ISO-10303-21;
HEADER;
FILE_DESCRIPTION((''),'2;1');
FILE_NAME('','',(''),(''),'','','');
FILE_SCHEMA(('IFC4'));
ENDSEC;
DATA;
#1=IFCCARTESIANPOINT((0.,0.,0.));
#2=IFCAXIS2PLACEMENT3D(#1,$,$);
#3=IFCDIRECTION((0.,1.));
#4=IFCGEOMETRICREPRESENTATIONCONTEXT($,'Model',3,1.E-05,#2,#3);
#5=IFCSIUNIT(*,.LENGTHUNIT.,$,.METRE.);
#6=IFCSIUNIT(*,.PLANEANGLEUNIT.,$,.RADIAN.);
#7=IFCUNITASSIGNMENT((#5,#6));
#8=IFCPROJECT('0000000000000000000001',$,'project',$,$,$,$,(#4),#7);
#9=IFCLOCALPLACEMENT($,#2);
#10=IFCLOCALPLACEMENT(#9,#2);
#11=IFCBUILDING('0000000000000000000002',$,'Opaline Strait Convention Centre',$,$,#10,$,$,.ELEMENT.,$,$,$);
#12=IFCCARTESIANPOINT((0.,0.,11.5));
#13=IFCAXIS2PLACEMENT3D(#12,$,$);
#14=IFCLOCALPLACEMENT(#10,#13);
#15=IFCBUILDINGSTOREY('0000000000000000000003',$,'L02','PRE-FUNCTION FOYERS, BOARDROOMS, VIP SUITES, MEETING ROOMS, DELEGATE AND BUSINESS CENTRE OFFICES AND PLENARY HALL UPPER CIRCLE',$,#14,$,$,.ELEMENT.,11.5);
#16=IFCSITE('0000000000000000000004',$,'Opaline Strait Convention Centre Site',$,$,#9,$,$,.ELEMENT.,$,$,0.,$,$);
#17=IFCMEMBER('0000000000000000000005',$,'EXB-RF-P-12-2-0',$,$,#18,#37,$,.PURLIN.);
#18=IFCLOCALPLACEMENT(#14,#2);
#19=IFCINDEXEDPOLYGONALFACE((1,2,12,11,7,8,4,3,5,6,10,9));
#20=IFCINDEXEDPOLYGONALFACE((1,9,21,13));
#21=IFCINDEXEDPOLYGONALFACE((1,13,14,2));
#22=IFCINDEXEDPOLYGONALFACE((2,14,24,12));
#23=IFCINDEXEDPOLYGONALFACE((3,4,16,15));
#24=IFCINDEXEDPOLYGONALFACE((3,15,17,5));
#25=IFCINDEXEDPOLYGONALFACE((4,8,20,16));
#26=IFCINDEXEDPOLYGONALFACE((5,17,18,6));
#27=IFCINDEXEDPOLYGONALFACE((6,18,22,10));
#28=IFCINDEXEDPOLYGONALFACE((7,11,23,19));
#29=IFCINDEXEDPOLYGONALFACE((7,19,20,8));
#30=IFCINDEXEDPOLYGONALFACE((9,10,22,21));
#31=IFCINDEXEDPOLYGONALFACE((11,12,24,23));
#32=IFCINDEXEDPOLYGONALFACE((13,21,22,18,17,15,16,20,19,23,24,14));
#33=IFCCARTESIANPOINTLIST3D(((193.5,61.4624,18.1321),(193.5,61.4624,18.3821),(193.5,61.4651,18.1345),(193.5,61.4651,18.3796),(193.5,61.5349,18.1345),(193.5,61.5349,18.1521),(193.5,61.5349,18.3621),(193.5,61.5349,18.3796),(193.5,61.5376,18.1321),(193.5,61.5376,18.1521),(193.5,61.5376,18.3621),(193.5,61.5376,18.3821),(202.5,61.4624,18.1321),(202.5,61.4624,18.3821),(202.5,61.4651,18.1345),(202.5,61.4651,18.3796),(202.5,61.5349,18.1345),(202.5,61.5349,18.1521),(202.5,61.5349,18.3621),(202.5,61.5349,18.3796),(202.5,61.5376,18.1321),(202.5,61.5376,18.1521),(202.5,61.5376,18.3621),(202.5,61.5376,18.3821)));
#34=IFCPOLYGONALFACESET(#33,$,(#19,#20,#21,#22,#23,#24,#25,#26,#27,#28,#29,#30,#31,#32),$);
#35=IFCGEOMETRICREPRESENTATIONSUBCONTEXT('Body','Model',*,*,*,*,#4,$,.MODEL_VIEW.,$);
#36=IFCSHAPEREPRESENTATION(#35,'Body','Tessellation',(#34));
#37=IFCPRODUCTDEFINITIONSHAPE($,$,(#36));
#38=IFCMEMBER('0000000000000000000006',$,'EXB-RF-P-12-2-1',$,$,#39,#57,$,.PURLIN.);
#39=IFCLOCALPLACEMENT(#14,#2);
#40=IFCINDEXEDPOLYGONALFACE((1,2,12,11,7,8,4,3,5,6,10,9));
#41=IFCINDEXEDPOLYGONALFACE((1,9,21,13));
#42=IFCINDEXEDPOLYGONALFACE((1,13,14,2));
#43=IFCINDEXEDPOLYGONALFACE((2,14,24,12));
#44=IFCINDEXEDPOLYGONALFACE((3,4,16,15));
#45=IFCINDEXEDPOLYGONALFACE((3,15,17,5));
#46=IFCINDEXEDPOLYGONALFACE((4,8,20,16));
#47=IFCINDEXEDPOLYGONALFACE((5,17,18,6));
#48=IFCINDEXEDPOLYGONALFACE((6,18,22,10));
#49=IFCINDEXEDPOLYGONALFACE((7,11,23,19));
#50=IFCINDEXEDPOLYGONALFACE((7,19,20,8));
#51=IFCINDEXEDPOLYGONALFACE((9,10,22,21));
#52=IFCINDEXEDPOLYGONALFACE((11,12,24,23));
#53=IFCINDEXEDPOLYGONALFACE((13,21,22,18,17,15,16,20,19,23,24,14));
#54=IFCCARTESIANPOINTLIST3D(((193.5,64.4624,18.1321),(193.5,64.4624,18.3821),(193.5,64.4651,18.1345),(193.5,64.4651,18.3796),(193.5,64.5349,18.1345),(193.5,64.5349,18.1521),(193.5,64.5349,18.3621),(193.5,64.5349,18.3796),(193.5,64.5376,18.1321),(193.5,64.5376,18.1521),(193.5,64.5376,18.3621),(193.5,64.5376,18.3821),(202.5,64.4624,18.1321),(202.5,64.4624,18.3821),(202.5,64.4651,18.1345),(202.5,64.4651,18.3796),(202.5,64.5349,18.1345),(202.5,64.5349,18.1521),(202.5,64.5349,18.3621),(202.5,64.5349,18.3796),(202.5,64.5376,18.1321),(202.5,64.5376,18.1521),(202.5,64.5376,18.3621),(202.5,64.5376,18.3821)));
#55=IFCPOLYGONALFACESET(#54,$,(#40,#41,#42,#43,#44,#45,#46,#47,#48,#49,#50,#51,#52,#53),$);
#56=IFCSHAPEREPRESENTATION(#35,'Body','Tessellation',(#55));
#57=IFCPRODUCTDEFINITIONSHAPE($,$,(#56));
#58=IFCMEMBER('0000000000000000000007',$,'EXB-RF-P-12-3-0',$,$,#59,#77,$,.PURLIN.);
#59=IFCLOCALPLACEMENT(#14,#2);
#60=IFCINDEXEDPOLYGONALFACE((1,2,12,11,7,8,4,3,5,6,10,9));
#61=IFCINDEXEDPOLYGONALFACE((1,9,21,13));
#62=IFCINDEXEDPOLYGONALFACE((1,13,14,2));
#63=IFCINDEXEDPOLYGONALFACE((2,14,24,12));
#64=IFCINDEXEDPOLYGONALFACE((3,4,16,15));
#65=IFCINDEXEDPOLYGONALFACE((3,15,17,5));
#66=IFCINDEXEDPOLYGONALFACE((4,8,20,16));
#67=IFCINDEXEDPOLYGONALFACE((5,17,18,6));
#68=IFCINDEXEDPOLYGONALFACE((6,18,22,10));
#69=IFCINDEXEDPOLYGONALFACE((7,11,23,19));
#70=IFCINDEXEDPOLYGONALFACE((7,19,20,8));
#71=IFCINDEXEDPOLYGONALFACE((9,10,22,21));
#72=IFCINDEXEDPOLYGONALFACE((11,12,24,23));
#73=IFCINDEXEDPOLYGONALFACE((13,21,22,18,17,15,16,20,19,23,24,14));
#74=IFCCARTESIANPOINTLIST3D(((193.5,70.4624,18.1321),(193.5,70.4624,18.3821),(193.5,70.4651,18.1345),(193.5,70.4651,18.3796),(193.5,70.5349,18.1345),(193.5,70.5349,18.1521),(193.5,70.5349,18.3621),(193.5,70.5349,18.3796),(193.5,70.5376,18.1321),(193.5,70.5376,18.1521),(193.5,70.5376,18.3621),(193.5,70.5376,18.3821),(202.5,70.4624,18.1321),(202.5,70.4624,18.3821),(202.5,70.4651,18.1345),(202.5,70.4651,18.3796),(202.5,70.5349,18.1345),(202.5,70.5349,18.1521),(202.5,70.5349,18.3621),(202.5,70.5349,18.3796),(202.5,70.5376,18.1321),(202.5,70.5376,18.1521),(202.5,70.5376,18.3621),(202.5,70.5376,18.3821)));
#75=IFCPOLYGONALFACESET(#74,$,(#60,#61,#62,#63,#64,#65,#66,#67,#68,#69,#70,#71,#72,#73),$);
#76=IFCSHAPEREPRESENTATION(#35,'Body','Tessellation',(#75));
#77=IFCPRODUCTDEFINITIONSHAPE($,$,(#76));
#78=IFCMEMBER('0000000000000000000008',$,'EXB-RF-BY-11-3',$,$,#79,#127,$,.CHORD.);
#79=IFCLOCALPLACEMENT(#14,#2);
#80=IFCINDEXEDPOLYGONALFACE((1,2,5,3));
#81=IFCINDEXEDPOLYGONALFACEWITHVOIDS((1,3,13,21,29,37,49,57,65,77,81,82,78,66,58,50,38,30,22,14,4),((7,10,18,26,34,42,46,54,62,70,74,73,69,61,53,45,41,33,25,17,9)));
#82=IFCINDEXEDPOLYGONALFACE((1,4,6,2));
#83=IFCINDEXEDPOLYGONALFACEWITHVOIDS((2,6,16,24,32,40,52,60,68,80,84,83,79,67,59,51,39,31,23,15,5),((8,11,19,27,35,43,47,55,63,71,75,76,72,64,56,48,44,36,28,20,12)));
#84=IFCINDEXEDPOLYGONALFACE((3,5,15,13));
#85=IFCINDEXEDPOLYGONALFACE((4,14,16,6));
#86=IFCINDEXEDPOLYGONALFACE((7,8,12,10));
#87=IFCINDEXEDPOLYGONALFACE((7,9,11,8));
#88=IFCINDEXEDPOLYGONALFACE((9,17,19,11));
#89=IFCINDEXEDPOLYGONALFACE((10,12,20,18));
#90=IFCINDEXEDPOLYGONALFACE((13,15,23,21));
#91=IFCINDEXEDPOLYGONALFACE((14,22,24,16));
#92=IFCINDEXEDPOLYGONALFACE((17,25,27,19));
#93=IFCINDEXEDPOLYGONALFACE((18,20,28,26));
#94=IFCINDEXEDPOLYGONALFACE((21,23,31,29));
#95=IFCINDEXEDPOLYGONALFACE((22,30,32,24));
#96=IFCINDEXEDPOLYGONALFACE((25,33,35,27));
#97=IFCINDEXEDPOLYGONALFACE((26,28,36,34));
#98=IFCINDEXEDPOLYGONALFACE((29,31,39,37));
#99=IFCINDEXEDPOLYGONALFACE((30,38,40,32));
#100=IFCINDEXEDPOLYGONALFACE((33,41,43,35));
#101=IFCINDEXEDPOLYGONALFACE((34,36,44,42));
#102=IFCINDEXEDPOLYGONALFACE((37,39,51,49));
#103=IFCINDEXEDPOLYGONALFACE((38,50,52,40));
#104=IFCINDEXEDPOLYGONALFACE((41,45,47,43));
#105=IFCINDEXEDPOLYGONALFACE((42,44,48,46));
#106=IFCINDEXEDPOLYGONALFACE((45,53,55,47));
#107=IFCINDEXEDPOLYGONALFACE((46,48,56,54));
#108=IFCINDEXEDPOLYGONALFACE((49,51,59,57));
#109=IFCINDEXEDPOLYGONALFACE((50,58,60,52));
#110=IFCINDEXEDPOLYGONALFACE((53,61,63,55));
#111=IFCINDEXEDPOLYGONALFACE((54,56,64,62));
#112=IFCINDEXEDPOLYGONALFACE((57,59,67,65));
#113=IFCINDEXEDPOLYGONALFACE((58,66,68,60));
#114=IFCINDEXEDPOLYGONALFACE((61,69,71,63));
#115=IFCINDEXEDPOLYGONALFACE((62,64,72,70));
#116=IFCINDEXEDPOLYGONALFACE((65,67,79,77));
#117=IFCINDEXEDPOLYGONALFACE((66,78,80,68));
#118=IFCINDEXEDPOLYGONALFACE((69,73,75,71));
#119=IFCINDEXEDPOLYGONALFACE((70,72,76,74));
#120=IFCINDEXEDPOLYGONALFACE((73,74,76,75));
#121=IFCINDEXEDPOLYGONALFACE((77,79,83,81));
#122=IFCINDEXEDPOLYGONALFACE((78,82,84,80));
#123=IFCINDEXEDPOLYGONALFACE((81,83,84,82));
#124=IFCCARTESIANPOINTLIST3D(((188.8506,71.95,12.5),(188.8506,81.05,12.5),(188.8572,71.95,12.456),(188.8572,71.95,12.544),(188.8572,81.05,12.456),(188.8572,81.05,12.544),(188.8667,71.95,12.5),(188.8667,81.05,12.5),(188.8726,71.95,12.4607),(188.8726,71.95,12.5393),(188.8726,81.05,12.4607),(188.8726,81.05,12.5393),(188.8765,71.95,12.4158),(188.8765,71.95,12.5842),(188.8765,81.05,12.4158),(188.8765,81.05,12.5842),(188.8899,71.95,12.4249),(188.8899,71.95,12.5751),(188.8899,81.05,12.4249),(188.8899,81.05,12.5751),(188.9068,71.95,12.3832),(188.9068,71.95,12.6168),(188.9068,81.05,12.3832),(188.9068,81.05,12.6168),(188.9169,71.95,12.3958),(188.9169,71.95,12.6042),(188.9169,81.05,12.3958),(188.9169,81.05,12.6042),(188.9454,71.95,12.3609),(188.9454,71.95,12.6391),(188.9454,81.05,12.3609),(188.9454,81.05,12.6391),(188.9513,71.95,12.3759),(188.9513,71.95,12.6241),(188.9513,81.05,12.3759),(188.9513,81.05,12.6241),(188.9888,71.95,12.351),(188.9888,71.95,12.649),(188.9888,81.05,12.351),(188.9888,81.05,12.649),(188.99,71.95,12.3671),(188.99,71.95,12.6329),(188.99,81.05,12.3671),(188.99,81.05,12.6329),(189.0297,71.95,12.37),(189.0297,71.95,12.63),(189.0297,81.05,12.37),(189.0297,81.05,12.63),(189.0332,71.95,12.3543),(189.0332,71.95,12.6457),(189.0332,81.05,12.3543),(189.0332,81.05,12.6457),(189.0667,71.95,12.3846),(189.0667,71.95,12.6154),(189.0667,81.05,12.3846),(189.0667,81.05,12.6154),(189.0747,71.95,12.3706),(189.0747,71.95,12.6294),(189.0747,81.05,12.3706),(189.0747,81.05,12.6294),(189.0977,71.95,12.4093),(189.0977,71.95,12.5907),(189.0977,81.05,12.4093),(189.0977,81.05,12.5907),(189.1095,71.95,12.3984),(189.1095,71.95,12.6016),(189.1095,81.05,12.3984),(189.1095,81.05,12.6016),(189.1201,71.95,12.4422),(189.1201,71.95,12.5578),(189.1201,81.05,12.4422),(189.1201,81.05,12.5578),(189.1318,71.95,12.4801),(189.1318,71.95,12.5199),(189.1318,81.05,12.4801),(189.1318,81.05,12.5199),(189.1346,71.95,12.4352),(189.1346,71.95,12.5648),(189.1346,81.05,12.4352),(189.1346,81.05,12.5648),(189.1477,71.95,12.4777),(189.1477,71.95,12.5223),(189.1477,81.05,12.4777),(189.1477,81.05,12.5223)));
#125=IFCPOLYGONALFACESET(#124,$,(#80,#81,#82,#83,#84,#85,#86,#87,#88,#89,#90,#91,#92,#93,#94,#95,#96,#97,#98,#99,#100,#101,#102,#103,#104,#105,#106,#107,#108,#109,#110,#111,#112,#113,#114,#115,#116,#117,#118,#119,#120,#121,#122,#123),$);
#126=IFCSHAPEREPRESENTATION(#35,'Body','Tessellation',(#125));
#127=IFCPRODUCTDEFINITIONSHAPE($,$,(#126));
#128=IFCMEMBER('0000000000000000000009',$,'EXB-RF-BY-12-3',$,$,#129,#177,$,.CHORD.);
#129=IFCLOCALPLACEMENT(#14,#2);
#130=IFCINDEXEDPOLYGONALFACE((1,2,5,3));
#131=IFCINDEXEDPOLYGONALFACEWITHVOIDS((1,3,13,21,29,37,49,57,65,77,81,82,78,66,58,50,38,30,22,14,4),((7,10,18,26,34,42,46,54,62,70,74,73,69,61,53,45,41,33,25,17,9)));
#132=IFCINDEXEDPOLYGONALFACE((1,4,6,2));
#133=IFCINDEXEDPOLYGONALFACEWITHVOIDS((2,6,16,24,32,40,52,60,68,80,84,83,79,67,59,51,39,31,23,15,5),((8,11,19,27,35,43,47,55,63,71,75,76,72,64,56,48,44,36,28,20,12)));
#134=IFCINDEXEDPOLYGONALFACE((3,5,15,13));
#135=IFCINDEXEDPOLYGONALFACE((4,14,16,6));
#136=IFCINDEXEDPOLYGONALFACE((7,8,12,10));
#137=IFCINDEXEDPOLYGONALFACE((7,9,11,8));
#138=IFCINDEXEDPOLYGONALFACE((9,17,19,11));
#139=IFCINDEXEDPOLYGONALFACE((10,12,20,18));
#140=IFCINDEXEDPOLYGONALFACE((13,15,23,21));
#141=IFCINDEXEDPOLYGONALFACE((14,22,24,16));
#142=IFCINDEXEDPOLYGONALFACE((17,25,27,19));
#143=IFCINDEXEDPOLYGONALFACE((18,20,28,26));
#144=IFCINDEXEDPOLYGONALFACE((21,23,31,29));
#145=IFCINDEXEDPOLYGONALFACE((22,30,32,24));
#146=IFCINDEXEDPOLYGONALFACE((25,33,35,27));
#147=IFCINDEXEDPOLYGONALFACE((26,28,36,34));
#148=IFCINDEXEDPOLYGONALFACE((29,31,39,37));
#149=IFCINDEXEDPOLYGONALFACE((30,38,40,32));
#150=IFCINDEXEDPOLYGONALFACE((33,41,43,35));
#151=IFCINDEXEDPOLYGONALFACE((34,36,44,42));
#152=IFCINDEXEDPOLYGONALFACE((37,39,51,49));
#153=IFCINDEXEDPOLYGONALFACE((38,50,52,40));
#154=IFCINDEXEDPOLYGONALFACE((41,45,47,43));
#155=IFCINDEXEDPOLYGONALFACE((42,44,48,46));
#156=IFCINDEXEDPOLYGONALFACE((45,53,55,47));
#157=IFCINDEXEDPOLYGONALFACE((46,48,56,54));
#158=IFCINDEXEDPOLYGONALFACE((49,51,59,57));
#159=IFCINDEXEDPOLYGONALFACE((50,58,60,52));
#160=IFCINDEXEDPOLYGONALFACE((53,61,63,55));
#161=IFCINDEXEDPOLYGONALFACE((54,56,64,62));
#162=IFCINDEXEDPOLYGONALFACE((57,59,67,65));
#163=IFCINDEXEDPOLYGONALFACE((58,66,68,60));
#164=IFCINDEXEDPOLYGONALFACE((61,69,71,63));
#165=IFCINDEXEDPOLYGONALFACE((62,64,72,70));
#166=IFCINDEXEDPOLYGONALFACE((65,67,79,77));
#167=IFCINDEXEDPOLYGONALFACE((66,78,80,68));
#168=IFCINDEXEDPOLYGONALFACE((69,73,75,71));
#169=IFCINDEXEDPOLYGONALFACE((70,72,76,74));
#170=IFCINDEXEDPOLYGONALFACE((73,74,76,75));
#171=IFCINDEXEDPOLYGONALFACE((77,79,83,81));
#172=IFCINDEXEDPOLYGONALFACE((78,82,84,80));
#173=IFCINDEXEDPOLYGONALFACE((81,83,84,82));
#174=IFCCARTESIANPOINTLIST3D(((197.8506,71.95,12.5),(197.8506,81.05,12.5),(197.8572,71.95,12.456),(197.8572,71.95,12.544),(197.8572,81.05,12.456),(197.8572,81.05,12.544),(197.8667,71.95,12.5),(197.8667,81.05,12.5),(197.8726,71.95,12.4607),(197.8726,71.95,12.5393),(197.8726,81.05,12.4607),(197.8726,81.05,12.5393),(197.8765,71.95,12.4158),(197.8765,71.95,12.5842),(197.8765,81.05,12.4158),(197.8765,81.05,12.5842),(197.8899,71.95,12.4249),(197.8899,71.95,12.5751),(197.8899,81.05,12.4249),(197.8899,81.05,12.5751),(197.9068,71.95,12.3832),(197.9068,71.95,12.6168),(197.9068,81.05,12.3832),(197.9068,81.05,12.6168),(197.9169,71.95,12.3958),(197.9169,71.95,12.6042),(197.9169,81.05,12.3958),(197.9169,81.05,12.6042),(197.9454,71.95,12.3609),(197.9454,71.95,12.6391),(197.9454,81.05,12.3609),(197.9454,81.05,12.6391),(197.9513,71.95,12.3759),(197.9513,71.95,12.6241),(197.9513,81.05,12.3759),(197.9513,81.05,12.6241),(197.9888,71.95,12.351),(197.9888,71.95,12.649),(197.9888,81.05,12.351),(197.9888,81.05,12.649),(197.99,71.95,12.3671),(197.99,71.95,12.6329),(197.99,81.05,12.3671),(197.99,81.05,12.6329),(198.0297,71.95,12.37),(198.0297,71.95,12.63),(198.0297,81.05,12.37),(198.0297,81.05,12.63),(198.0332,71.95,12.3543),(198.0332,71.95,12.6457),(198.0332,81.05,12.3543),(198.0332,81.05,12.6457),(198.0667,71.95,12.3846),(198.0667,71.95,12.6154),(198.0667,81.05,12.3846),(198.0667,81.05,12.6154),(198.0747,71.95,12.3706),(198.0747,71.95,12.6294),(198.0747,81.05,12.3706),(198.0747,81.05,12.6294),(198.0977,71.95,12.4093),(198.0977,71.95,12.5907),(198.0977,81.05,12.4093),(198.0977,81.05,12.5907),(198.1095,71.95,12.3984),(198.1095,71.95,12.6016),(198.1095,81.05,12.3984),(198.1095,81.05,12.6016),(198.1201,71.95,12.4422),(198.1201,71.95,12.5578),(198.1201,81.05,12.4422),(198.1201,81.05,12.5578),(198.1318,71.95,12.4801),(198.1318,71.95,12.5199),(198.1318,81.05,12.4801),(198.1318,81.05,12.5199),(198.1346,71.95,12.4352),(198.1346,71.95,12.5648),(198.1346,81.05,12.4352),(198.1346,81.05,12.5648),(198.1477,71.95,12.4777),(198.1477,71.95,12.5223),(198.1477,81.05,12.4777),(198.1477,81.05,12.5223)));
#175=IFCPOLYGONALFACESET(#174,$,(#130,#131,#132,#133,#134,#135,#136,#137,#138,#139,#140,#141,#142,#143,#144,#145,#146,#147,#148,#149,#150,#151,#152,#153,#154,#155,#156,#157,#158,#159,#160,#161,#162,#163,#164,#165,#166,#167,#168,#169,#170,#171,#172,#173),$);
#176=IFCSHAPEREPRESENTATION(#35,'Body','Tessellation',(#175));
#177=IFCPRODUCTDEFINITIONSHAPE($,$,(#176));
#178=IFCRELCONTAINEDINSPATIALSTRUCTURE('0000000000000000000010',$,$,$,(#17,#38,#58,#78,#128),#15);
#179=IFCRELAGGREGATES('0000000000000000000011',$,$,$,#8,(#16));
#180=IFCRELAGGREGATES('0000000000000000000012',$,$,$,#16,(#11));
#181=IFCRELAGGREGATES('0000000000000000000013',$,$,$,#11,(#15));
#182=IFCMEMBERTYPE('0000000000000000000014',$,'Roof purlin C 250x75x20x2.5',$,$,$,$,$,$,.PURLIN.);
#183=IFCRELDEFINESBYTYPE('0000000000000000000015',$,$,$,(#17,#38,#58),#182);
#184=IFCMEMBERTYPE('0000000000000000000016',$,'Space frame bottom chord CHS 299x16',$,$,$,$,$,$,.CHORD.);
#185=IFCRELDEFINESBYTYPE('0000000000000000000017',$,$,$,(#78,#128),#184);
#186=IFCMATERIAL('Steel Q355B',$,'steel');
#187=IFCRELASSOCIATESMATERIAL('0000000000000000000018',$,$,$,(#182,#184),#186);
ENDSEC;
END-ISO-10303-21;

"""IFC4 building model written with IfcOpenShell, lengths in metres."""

from ifc_helpers import new_model, si_unit, direction, frame, origin, origin_2d, place, context, subcontext, project, spatial, polyline, hollow_circle, outline, extrude, material, material_profile, profile_set, type_object, element, save


model = new_model("IFC4")

# Units and contexts
model_context = context("Model", 3, precision=1e-05, world=origin(), true_north=direction((0.0, 1.0)))
body_context = subcontext(model_context, "Body", "Model", "MODEL_VIEW")
ifc_project = project(units=[si_unit("LENGTHUNIT", "METRE"), si_unit("PLANEANGLEUNIT", "RADIAN")], contexts=[model_context])

# Site, building, storey
site_placement = place(None, origin())
site = spatial("IfcSite", under=ifc_project, at=site_placement, Name="Opaline Strait Convention Centre Site", CompositionType="ELEMENT", RefElevation=0.0)
building_placement = place(site_placement, origin())
building = spatial("IfcBuilding", under=site, at=building_placement, Name="Opaline Strait Convention Centre", CompositionType="ELEMENT")
storey_placement = place(building_placement, frame((0.0, 0.0, 11.5)))
storey = spatial("IfcBuildingStorey", under=building, at=storey_placement, Name="L02", Description="PRE-FUNCTION FOYERS, BOARDROOMS, VIP SUITES, MEETING ROOMS, DELEGATE AND BUSINESS CENTRE OFFICES AND PLENARY HALL UPPER CIRCLE", CompositionType="ELEMENT", Elevation=11.5)

# Members
ifc_material = material(Name="Steel Q355B", Category="steel")
ifc_material_profile_1 = material_profile(ifc_material, outline(polyline([(-0.0376, -0.125), (0.0376, -0.125), (0.0376, -0.105), (0.0349, -0.105), (0.0349, -0.1226), (-0.0349, -0.1226), (-0.0349, 0.1226), (0.0349, 0.1226), (0.0349, 0.105), (0.0376, 0.105), (0.0376, 0.125), (-0.0376, 0.125), (-0.0376, -0.125)])), Name="C 250x75x20x2.5")
ifc_profile_set_1 = profile_set([ifc_material_profile_1], Name="Steel Q355B")
member_type_1 = type_object("IfcMemberType", Name="Roof purlin C 250x75x20x2.5", PredefinedType="PURLIN", material=ifc_profile_set_1)
for number, where, z_axis, x_axis, name in (
    (1, (193.5, 61.5, 18.2571), (1.0, 0.0, 0.0), (0.0, 1.0, 0.0), "EXB-RF-P-12-2-0"),
    (2, (193.5, 64.5, 18.2571), (1.0, 0.0, 0.0), (0.0, 1.0, 0.0), "EXB-RF-P-12-2-1"),
    (3, (193.5, 70.5, 18.2571), (1.0, 0.0, 0.0), (0.0, 1.0, 0.0), "EXB-RF-P-12-3-0"),
):
    element("IfcMember", number, at=place(storey_placement, frame(where, z_axis=z_axis, x_axis=x_axis)), inside=storey, type_object=member_type_1, Name=name, PredefinedType="PURLIN", context=body_context, shape_type="SweptSolid", body=[
        extrude(outline(polyline([(-0.0376, -0.125), (0.0376, -0.125), (0.0376, -0.105), (0.0349, -0.105), (0.0349, -0.1226), (-0.0349, -0.1226), (-0.0349, 0.1226), (0.0349, 0.1226), (0.0349, 0.105), (0.0376, 0.105), (0.0376, 0.125), (-0.0376, 0.125), (-0.0376, -0.125)])), origin(), (0.0, 0.0, 1.0), 9.0),
    ])
ifc_material_profile_2 = material_profile(ifc_material, hollow_circle(Radius=0.1494, WallThickness=0.0161, at=origin_2d()), Name="CHS 299x16")
ifc_profile_set_2 = profile_set([ifc_material_profile_2], Name="Steel Q355B")
member_type_2 = type_object("IfcMemberType", Name="Space frame bottom chord CHS 299x16", PredefinedType="CHORD", material=ifc_profile_set_2)
for number, where, z_axis, x_axis, name in (
    (4, (189.0, 71.95, 12.5), (0.0, 1.0, 0.0), (-1.0, 0.0, 0.0), "EXB-RF-BY-11-3"),
    (5, (198.0, 71.95, 12.5), (0.0, 1.0, 0.0), (-1.0, 0.0, 0.0), "EXB-RF-BY-12-3"),
):
    element("IfcMember", number, at=place(storey_placement, frame(where, z_axis=z_axis, x_axis=x_axis)), inside=storey, type_object=member_type_2, Name=name, PredefinedType="CHORD", context=body_context, shape_type="SweptSolid", body=[
        extrude(hollow_circle(Radius=0.1494, WallThickness=0.0161, at=origin_2d()), origin(), (0.0, 0.0, 1.0), 9.1001),
    ])

save(model, "model.ifc")
